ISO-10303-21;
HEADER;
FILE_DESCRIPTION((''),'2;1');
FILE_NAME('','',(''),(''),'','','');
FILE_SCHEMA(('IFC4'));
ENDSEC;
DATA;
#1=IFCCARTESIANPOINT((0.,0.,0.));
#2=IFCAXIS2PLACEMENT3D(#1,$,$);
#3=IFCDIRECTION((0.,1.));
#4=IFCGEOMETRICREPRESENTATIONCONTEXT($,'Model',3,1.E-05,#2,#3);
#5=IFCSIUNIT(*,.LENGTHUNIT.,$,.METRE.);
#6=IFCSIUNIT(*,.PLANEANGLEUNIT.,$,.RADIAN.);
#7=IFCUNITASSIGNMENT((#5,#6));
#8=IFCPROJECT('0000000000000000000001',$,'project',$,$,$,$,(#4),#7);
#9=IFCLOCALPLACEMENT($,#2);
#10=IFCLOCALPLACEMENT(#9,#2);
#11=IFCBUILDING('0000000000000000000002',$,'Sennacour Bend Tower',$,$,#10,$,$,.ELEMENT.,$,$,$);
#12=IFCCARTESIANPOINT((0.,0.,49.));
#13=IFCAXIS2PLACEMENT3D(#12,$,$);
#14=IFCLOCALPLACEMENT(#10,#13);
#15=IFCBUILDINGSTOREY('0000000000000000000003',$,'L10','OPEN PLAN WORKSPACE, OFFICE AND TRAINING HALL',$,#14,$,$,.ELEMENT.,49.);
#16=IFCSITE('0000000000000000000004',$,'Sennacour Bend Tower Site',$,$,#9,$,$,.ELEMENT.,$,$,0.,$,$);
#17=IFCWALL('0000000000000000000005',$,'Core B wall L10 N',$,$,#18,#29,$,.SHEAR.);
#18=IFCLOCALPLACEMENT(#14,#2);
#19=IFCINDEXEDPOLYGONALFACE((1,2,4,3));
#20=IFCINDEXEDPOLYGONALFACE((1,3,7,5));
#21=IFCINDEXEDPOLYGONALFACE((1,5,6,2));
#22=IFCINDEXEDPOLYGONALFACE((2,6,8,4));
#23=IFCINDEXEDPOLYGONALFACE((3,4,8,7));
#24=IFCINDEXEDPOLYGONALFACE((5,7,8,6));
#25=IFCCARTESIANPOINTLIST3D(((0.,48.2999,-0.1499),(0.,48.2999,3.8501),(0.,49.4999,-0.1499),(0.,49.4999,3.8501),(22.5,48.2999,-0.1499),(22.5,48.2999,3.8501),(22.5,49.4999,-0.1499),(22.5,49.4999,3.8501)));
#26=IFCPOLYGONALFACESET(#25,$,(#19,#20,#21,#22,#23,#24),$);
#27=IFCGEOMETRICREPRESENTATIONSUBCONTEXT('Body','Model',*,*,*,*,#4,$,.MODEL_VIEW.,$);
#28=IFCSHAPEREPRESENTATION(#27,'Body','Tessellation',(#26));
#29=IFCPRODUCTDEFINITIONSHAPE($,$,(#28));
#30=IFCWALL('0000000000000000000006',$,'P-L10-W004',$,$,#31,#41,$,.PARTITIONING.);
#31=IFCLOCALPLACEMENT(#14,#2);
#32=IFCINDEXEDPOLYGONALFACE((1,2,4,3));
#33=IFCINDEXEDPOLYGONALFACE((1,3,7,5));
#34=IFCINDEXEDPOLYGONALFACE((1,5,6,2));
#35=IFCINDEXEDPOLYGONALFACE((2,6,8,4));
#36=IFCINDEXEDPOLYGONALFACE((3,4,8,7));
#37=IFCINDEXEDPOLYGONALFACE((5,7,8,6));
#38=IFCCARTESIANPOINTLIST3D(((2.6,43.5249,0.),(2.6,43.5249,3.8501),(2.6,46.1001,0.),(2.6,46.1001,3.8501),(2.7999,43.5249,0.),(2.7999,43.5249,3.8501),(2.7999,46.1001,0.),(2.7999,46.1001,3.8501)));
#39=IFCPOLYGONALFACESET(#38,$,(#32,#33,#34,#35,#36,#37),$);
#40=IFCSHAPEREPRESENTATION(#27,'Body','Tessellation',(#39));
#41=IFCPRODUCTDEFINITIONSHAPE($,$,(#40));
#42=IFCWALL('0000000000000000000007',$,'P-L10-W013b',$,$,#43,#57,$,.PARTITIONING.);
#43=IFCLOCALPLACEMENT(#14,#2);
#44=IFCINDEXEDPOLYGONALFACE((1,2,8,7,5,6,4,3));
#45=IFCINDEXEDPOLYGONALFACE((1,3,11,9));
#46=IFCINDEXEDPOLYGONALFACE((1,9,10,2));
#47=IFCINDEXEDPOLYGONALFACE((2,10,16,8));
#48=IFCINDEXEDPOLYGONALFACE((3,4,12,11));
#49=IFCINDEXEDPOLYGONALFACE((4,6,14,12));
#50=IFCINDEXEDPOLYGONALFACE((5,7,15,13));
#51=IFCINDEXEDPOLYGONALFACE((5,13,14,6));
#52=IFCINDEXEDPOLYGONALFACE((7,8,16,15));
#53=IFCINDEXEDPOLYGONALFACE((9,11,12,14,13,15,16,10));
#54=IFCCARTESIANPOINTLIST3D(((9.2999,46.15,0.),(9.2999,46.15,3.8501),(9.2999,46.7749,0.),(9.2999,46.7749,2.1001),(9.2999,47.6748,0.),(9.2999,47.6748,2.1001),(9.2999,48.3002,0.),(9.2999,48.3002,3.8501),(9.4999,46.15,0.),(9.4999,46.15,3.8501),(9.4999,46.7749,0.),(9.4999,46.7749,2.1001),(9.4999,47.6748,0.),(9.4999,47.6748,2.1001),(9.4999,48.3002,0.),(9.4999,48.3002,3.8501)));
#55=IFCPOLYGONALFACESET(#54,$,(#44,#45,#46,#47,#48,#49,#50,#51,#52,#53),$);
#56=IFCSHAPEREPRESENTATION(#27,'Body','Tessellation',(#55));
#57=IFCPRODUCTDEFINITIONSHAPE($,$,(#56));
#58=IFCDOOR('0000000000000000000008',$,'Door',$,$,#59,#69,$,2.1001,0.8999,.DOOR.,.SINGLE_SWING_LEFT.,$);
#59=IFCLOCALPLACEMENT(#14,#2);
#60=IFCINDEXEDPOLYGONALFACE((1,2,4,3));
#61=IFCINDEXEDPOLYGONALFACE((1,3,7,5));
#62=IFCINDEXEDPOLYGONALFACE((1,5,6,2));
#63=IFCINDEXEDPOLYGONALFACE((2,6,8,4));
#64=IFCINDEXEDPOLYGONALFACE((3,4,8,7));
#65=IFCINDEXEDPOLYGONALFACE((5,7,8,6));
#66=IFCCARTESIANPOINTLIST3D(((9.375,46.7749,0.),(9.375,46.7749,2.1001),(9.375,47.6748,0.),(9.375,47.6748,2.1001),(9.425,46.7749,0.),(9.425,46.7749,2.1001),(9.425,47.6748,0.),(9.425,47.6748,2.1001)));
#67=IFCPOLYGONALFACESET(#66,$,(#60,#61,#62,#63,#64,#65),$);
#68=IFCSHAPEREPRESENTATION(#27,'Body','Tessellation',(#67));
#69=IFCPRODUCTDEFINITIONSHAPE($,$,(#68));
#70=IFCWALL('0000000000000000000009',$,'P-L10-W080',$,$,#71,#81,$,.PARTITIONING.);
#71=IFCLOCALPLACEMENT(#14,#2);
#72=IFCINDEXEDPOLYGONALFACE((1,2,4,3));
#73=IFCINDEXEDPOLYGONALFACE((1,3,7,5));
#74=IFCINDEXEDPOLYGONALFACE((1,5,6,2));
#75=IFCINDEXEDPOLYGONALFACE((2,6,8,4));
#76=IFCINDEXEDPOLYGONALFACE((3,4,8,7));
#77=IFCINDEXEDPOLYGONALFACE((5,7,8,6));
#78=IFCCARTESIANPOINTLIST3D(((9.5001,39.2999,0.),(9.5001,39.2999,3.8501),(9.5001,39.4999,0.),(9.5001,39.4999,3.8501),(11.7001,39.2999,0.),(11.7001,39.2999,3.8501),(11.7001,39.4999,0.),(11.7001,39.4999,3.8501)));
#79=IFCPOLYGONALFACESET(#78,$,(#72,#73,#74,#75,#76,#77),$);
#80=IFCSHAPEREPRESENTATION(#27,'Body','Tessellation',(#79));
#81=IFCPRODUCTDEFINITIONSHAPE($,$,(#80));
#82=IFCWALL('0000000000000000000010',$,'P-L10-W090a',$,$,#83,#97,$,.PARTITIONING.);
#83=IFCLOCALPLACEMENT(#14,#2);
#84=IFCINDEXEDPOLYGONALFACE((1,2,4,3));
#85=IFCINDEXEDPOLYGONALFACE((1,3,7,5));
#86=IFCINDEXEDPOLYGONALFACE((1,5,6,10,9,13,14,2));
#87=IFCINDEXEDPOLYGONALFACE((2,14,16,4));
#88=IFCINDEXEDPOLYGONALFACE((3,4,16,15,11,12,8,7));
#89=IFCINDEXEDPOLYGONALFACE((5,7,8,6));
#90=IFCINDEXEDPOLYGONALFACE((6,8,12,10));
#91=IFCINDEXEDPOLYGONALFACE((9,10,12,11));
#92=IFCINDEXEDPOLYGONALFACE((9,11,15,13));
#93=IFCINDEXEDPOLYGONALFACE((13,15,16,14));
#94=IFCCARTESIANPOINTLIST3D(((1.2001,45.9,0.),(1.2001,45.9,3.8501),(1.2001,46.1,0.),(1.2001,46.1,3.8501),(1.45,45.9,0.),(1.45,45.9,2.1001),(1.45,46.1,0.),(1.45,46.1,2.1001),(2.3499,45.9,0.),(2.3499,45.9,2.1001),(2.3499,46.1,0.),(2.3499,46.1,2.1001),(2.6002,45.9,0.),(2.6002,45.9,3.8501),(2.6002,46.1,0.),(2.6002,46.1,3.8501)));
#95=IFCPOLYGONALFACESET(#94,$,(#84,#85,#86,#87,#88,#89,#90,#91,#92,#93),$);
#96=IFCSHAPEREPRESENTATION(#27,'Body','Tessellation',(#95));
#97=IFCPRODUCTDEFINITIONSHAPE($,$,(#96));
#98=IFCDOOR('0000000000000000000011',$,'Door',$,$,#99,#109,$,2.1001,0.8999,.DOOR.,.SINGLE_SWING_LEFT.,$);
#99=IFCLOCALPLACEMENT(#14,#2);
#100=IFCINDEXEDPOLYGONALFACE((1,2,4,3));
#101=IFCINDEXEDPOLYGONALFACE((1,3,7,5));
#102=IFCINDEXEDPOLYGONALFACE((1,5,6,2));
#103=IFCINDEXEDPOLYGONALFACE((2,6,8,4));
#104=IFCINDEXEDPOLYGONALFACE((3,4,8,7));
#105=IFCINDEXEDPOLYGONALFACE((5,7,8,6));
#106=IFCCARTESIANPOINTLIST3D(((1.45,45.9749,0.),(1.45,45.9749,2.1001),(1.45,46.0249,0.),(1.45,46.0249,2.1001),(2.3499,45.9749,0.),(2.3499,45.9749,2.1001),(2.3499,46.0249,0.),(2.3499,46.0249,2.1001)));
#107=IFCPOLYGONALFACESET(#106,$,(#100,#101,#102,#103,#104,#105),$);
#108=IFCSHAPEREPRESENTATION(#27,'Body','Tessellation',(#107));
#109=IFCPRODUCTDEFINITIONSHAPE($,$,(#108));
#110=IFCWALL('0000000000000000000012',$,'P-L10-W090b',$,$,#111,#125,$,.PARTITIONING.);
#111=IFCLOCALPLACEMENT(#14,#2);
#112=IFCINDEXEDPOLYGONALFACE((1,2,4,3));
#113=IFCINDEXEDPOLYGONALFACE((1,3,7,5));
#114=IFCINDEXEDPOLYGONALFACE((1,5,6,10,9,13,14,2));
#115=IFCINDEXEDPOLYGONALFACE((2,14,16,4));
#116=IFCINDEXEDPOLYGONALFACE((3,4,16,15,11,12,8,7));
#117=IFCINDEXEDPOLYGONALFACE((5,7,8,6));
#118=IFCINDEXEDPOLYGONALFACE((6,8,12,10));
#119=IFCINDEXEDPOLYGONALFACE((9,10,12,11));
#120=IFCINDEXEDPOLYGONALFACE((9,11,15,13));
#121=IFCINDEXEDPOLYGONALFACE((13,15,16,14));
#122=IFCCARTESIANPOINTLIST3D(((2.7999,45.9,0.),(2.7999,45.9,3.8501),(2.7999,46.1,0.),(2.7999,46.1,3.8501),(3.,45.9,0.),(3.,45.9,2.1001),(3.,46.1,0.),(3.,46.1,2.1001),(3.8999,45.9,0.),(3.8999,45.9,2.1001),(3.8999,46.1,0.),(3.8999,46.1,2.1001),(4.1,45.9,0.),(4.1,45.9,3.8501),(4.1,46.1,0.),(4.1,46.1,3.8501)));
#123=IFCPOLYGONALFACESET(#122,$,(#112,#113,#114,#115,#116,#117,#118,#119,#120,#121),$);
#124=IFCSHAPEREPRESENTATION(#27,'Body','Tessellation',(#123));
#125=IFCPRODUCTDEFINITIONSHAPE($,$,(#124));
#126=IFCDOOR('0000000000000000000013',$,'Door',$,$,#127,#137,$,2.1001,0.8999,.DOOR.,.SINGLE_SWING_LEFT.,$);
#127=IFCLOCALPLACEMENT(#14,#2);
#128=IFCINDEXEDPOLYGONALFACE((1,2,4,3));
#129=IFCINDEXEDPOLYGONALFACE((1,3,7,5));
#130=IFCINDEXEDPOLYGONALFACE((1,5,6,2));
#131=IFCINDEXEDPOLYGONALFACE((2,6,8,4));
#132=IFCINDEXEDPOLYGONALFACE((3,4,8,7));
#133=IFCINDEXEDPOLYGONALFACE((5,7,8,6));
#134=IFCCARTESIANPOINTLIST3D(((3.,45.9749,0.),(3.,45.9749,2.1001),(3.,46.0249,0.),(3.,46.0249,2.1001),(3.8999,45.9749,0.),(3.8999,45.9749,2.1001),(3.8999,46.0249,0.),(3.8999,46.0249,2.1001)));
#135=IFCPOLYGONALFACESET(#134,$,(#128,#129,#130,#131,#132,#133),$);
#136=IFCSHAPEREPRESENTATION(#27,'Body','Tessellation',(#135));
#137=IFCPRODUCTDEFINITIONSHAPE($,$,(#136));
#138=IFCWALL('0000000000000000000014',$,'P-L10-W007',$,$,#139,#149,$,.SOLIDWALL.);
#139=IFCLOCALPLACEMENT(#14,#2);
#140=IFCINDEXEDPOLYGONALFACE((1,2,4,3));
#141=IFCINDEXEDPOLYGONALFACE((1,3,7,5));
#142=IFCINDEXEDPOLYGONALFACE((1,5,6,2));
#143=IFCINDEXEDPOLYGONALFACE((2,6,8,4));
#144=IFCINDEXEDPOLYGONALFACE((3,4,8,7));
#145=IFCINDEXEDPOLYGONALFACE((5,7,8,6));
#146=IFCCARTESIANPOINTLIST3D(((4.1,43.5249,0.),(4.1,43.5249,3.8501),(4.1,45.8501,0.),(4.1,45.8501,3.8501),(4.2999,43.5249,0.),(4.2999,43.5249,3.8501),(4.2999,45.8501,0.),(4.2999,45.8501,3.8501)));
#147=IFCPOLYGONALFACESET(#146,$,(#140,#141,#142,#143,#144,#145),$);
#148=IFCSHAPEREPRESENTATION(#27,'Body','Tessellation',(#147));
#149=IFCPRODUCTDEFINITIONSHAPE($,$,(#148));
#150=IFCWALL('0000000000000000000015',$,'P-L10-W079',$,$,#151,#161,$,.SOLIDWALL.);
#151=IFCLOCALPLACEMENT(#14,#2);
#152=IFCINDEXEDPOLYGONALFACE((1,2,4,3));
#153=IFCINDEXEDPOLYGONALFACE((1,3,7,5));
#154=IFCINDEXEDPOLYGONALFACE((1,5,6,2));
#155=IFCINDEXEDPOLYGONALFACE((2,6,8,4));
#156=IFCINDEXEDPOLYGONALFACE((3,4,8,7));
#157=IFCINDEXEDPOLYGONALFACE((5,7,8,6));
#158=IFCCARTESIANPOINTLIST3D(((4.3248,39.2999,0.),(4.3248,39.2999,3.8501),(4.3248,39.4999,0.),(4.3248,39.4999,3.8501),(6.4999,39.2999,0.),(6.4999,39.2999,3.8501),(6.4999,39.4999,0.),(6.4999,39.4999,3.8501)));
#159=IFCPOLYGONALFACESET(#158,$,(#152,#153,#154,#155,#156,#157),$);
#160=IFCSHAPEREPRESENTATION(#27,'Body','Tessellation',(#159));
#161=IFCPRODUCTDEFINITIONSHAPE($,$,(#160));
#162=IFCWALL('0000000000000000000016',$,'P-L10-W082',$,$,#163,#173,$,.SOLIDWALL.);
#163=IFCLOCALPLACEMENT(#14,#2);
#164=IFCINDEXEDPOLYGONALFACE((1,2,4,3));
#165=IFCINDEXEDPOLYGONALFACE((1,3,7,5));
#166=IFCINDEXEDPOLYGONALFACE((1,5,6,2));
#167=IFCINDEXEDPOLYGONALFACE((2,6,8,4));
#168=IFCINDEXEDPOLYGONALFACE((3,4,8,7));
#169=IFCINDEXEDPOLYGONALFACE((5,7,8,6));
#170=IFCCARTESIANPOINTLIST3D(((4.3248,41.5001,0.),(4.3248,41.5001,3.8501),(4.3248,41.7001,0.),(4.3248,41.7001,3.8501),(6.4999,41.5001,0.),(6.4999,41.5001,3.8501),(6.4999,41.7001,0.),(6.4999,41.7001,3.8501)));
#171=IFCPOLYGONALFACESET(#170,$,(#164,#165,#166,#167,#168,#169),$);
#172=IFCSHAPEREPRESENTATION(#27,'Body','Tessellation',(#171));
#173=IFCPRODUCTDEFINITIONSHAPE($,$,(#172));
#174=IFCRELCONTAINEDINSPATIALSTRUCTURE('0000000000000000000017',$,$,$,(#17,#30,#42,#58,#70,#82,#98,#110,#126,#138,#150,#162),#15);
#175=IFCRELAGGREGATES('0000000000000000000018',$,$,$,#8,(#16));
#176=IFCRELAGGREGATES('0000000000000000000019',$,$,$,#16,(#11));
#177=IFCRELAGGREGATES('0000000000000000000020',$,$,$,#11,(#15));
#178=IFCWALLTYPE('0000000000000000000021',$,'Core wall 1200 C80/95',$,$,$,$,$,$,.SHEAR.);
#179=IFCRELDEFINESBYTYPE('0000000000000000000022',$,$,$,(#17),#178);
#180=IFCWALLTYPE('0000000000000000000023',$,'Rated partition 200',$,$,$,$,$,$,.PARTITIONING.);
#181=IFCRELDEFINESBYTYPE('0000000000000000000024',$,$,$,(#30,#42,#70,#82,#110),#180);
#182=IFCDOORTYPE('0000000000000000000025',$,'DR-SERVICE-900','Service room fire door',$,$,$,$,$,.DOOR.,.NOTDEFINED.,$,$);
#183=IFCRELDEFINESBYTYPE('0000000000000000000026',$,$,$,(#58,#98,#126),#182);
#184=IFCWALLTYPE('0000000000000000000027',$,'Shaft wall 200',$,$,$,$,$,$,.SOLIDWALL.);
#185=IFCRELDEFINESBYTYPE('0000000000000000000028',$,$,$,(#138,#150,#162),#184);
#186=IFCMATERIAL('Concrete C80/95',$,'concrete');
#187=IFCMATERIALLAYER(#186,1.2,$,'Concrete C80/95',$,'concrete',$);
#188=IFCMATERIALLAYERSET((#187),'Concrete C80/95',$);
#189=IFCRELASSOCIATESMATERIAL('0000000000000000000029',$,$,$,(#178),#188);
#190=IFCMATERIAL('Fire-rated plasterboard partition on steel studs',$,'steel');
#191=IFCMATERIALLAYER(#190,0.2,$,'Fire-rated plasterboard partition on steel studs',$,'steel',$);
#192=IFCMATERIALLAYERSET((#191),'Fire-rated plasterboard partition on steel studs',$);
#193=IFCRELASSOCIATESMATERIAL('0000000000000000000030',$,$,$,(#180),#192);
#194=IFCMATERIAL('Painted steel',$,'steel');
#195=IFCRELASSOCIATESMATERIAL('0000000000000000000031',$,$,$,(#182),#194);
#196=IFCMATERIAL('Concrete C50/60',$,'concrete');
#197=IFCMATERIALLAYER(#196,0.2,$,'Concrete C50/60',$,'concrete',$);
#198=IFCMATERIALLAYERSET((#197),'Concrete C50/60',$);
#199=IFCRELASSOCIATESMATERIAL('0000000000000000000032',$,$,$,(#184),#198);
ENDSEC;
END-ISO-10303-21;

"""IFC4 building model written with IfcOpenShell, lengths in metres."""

from ifc_helpers import new_model, si_unit, direction, frame, frame_2d, origin, place, context, subcontext, project, spatial, rectangle, extrude, material, layer, layer_set, type_object, element, fill, save


model = new_model("IFC4")

# Units and contexts
model_context = context("Model", 3, precision=1e-05, world=origin(), true_north=direction((0.0, 1.0)))
body_context = subcontext(model_context, "Body", "Model", "MODEL_VIEW")
ifc_project = project(units=[si_unit("LENGTHUNIT", "METRE"), si_unit("PLANEANGLEUNIT", "RADIAN")], contexts=[model_context])

# Site, building, storey
site_placement = place(None, origin())
site = spatial("IfcSite", under=ifc_project, at=site_placement, Name="Sennacour Bend Tower Site", CompositionType="ELEMENT", RefElevation=0.0)
building_placement = place(site_placement, origin())
building = spatial("IfcBuilding", under=site, at=building_placement, Name="Sennacour Bend Tower", CompositionType="ELEMENT")
storey_placement = place(building_placement, frame((0.0, 0.0, 49.0)))
storey = spatial("IfcBuildingStorey", under=building, at=storey_placement, Name="L10", Description="OPEN PLAN WORKSPACE, OFFICE AND TRAINING HALL", CompositionType="ELEMENT", Elevation=49.0)

# Walls
ifc_material_1 = material(Name="Concrete C80/95", Category="concrete")
ifc_layer_1 = layer(ifc_material_1, 1.2, Name="Concrete C80/95", Category="concrete")
ifc_layer_set_1 = layer_set([ifc_layer_1], Name="Concrete C80/95")
wall_type_1 = type_object("IfcWallType", Name="Core wall 1200 C80/95", PredefinedType="SHEAR", material=ifc_layer_set_1)
wall_1_placement = place(storey_placement, frame((0.0, 48.8999, -0.1499), z_axis=(0.0, 0.0, 1.0), x_axis=(1.0, 0.0, 0.0)))
element("IfcWall", 1, at=wall_1_placement, inside=storey, type_object=wall_type_1, Name="Core B wall L10 N", PredefinedType="SHEAR", context=body_context, shape_type="SweptSolid", body=[
    extrude(rectangle(XDim=22.5, YDim=1.2, at=frame_2d((11.25, 0.0))), origin(), (0.0, 0.0, 1.0), 4.0),
])
ifc_material_2 = material(Name="Fire-rated plasterboard partition on steel studs", Category="steel")
ifc_layer_2 = layer(ifc_material_2, 0.2, Name="Fire-rated plasterboard partition on steel studs", Category="steel")
ifc_layer_set_2 = layer_set([ifc_layer_2], Name="Fire-rated plasterboard partition on steel studs")
wall_type_2 = type_object("IfcWallType", Name="Rated partition 200", PredefinedType="PARTITIONING", material=ifc_layer_set_2)
wall_2_placement = place(storey_placement, frame((2.7, 43.5249, 0.0), z_axis=(0.0, 0.0, 1.0), x_axis=(0.0, 1.0, 0.0)))
element("IfcWall", 2, at=wall_2_placement, inside=storey, type_object=wall_type_2, Name="P-L10-W004", PredefinedType="PARTITIONING", context=body_context, shape_type="SweptSolid", body=[
    extrude(rectangle(XDim=2.5752, YDim=0.2, at=frame_2d((1.2876, 0.0))), origin(), (0.0, 0.0, 1.0), 3.8501),
])

# Wall, opening, door
wall_3_placement = place(storey_placement, frame((9.3999, 46.1499, 0.0), z_axis=(0.0, 0.0, 1.0), x_axis=(0.0, 1.0, 0.0)))
wall_3 = element("IfcWall", 3, at=wall_3_placement, inside=storey, type_object=wall_type_2, Name="P-L10-W013b", PredefinedType="PARTITIONING", context=body_context, shape_type="SweptSolid", body=[
    extrude(rectangle(XDim=2.1501, YDim=0.2, at=frame_2d((1.0752, 0.0))), origin(), (0.0, 0.0, 1.0), 3.8501),
])
opening_1_placement = place(wall_3_placement, frame((0.625, 0.0, 0.0)))
opening_1 = element("IfcOpeningElement", 4, at=opening_1_placement, cuts=wall_3, PredefinedType="OPENING", context=body_context, shape_type="SweptSolid", body=[
    extrude(rectangle(XDim=0.8999, YDim=2.1001, at=frame_2d((0.45, 1.05))), frame((0.0, 0.1099, 0.0), z_axis=(0.0, -1.0, 0.0), x_axis=(1.0, 0.0, 0.0)), (0.0, 0.0, 1.0), 0.22),
])
ifc_material_3 = material(Name="Painted steel", Category="steel")
door_type_1 = type_object("IfcDoorType", Name="DR-SERVICE-900", Description="Service room fire door", OperationType="NOTDEFINED", PredefinedType="DOOR", material=ifc_material_3)
door_1_placement = place(opening_1_placement, origin())
door_1 = element("IfcDoor", 5, at=door_1_placement, inside=storey, type_object=door_type_1, Name="Door", OperationType="SINGLE_SWING_LEFT", OverallHeight=2.1001, OverallWidth=0.8999, PredefinedType="DOOR", context=body_context, shape_type="SweptSolid", body=[
    extrude(rectangle(XDim=0.8999, YDim=2.1001, at=frame_2d((0.45, 1.05))), frame((0.0, 0.0249, 0.0), z_axis=(0.0, -1.0, 0.0), x_axis=(1.0, 0.0, 0.0)), (0.0, 0.0, 1.0), 0.05),
])
fill(opening_1, door_1)

# Wall
wall_4_placement = place(storey_placement, frame((9.5, 39.3999, 0.0), z_axis=(0.0, 0.0, 1.0), x_axis=(1.0, 0.0, 0.0)))
element("IfcWall", 6, at=wall_4_placement, inside=storey, type_object=wall_type_2, Name="P-L10-W080", PredefinedType="PARTITIONING", context=body_context, shape_type="SweptSolid", body=[
    extrude(rectangle(XDim=2.2, YDim=0.2, at=frame_2d((1.1001, 0.0))), origin(), (0.0, 0.0, 1.0), 3.8501),
])

# Walls, openings, doors
wall_5_placement = place(storey_placement, frame((1.2, 46.0, 0.0), z_axis=(0.0, 0.0, 1.0), x_axis=(1.0, 0.0, 0.0)))
wall_5 = element("IfcWall", 7, at=wall_5_placement, inside=storey, type_object=wall_type_2, Name="P-L10-W090a", PredefinedType="PARTITIONING", context=body_context, shape_type="SweptSolid", body=[
    extrude(rectangle(XDim=1.4001, YDim=0.2, at=frame_2d((0.7002, 0.0))), origin(), (0.0, 0.0, 1.0), 3.8501),
])
opening_2_placement = place(wall_5_placement, frame((0.25, 0.0, 0.0)))
opening_2 = element("IfcOpeningElement", 8, at=opening_2_placement, cuts=wall_5, PredefinedType="OPENING", context=body_context, shape_type="SweptSolid", body=[
    extrude(rectangle(XDim=0.8999, YDim=2.1001, at=frame_2d((0.45, 1.05))), frame((0.0, 0.1099, 0.0), z_axis=(0.0, -1.0, 0.0), x_axis=(1.0, 0.0, 0.0)), (0.0, 0.0, 1.0), 0.22),
])
door_2_placement = place(opening_2_placement, origin())
door_2 = element("IfcDoor", 9, at=door_2_placement, inside=storey, type_object=door_type_1, Name="Door", OperationType="SINGLE_SWING_LEFT", OverallHeight=2.1001, OverallWidth=0.8999, PredefinedType="DOOR", context=body_context, shape_type="SweptSolid", body=[
    extrude(rectangle(XDim=0.8999, YDim=2.1001, at=frame_2d((0.45, 1.05))), frame((0.0, 0.0249, 0.0), z_axis=(0.0, -1.0, 0.0), x_axis=(1.0, 0.0, 0.0)), (0.0, 0.0, 1.0), 0.05),
])
fill(opening_2, door_2)
wall_6_placement = place(storey_placement, frame((2.8, 46.0, 0.0), z_axis=(0.0, 0.0, 1.0), x_axis=(1.0, 0.0, 0.0)))
wall_6 = element("IfcWall", 10, at=wall_6_placement, inside=storey, type_object=wall_type_2, Name="P-L10-W090b", PredefinedType="PARTITIONING", context=body_context, shape_type="SweptSolid", body=[
    extrude(rectangle(XDim=1.3, YDim=0.2, at=frame_2d((0.6499, 0.0))), origin(), (0.0, 0.0, 1.0), 3.8501),
])
opening_3_placement = place(wall_6_placement, frame((0.2, 0.0, 0.0)))
opening_3 = element("IfcOpeningElement", 11, at=opening_3_placement, cuts=wall_6, PredefinedType="OPENING", context=body_context, shape_type="SweptSolid", body=[
    extrude(rectangle(XDim=0.8999, YDim=2.1001, at=frame_2d((0.45, 1.05))), frame((0.0, 0.1099, 0.0), z_axis=(0.0, -1.0, 0.0), x_axis=(1.0, 0.0, 0.0)), (0.0, 0.0, 1.0), 0.22),
])
door_3_placement = place(opening_3_placement, origin())
door_3 = element("IfcDoor", 12, at=door_3_placement, inside=storey, type_object=door_type_1, Name="Door", OperationType="SINGLE_SWING_LEFT", OverallHeight=2.1001, OverallWidth=0.8999, PredefinedType="DOOR", context=body_context, shape_type="SweptSolid", body=[
    extrude(rectangle(XDim=0.8999, YDim=2.1001, at=frame_2d((0.45, 1.05))), frame((0.0, 0.0249, 0.0), z_axis=(0.0, -1.0, 0.0), x_axis=(1.0, 0.0, 0.0)), (0.0, 0.0, 1.0), 0.05),
])
fill(opening_3, door_3)

# Walls
ifc_material_4 = material(Name="Concrete C50/60", Category="concrete")
ifc_layer_3 = layer(ifc_material_4, 0.2, Name="Concrete C50/60", Category="concrete")
ifc_layer_set_3 = layer_set([ifc_layer_3], Name="Concrete C50/60")
wall_type_3 = type_object("IfcWallType", Name="Shaft wall 200", PredefinedType="SOLIDWALL", material=ifc_layer_set_3)
wall_7_placement = place(storey_placement, frame((4.2, 43.5249, 0.0), z_axis=(0.0, 0.0, 1.0), x_axis=(0.0, 1.0, 0.0)))
element("IfcWall", 13, at=wall_7_placement, inside=storey, type_object=wall_type_3, Name="P-L10-W007", PredefinedType="SOLIDWALL", context=body_context, shape_type="SweptSolid", body=[
    extrude(rectangle(XDim=2.3252, YDim=0.2, at=frame_2d((1.1626, 0.0))), origin(), (0.0, 0.0, 1.0), 3.8501),
])
for number, where, z_axis, x_axis, name in (
    (14, (4.325, 39.3999, 0.0), (0.0, 0.0, 1.0), (1.0, 0.0, 0.0), "P-L10-W079"),
    (15, (4.325, 41.6001, 0.0), (0.0, 0.0, 1.0), (1.0, 0.0, 0.0), "P-L10-W082"),
):
    element("IfcWall", number, at=place(storey_placement, frame(where, z_axis=z_axis, x_axis=x_axis)), inside=storey, type_object=wall_type_3, Name=name, PredefinedType="SOLIDWALL", context=body_context, shape_type="SweptSolid", body=[
        extrude(rectangle(XDim=2.175, YDim=0.2, at=frame_2d((1.0874, 0.0))), origin(), (0.0, 0.0, 1.0), 3.8501),
    ])

save(model, "model.ifc")
